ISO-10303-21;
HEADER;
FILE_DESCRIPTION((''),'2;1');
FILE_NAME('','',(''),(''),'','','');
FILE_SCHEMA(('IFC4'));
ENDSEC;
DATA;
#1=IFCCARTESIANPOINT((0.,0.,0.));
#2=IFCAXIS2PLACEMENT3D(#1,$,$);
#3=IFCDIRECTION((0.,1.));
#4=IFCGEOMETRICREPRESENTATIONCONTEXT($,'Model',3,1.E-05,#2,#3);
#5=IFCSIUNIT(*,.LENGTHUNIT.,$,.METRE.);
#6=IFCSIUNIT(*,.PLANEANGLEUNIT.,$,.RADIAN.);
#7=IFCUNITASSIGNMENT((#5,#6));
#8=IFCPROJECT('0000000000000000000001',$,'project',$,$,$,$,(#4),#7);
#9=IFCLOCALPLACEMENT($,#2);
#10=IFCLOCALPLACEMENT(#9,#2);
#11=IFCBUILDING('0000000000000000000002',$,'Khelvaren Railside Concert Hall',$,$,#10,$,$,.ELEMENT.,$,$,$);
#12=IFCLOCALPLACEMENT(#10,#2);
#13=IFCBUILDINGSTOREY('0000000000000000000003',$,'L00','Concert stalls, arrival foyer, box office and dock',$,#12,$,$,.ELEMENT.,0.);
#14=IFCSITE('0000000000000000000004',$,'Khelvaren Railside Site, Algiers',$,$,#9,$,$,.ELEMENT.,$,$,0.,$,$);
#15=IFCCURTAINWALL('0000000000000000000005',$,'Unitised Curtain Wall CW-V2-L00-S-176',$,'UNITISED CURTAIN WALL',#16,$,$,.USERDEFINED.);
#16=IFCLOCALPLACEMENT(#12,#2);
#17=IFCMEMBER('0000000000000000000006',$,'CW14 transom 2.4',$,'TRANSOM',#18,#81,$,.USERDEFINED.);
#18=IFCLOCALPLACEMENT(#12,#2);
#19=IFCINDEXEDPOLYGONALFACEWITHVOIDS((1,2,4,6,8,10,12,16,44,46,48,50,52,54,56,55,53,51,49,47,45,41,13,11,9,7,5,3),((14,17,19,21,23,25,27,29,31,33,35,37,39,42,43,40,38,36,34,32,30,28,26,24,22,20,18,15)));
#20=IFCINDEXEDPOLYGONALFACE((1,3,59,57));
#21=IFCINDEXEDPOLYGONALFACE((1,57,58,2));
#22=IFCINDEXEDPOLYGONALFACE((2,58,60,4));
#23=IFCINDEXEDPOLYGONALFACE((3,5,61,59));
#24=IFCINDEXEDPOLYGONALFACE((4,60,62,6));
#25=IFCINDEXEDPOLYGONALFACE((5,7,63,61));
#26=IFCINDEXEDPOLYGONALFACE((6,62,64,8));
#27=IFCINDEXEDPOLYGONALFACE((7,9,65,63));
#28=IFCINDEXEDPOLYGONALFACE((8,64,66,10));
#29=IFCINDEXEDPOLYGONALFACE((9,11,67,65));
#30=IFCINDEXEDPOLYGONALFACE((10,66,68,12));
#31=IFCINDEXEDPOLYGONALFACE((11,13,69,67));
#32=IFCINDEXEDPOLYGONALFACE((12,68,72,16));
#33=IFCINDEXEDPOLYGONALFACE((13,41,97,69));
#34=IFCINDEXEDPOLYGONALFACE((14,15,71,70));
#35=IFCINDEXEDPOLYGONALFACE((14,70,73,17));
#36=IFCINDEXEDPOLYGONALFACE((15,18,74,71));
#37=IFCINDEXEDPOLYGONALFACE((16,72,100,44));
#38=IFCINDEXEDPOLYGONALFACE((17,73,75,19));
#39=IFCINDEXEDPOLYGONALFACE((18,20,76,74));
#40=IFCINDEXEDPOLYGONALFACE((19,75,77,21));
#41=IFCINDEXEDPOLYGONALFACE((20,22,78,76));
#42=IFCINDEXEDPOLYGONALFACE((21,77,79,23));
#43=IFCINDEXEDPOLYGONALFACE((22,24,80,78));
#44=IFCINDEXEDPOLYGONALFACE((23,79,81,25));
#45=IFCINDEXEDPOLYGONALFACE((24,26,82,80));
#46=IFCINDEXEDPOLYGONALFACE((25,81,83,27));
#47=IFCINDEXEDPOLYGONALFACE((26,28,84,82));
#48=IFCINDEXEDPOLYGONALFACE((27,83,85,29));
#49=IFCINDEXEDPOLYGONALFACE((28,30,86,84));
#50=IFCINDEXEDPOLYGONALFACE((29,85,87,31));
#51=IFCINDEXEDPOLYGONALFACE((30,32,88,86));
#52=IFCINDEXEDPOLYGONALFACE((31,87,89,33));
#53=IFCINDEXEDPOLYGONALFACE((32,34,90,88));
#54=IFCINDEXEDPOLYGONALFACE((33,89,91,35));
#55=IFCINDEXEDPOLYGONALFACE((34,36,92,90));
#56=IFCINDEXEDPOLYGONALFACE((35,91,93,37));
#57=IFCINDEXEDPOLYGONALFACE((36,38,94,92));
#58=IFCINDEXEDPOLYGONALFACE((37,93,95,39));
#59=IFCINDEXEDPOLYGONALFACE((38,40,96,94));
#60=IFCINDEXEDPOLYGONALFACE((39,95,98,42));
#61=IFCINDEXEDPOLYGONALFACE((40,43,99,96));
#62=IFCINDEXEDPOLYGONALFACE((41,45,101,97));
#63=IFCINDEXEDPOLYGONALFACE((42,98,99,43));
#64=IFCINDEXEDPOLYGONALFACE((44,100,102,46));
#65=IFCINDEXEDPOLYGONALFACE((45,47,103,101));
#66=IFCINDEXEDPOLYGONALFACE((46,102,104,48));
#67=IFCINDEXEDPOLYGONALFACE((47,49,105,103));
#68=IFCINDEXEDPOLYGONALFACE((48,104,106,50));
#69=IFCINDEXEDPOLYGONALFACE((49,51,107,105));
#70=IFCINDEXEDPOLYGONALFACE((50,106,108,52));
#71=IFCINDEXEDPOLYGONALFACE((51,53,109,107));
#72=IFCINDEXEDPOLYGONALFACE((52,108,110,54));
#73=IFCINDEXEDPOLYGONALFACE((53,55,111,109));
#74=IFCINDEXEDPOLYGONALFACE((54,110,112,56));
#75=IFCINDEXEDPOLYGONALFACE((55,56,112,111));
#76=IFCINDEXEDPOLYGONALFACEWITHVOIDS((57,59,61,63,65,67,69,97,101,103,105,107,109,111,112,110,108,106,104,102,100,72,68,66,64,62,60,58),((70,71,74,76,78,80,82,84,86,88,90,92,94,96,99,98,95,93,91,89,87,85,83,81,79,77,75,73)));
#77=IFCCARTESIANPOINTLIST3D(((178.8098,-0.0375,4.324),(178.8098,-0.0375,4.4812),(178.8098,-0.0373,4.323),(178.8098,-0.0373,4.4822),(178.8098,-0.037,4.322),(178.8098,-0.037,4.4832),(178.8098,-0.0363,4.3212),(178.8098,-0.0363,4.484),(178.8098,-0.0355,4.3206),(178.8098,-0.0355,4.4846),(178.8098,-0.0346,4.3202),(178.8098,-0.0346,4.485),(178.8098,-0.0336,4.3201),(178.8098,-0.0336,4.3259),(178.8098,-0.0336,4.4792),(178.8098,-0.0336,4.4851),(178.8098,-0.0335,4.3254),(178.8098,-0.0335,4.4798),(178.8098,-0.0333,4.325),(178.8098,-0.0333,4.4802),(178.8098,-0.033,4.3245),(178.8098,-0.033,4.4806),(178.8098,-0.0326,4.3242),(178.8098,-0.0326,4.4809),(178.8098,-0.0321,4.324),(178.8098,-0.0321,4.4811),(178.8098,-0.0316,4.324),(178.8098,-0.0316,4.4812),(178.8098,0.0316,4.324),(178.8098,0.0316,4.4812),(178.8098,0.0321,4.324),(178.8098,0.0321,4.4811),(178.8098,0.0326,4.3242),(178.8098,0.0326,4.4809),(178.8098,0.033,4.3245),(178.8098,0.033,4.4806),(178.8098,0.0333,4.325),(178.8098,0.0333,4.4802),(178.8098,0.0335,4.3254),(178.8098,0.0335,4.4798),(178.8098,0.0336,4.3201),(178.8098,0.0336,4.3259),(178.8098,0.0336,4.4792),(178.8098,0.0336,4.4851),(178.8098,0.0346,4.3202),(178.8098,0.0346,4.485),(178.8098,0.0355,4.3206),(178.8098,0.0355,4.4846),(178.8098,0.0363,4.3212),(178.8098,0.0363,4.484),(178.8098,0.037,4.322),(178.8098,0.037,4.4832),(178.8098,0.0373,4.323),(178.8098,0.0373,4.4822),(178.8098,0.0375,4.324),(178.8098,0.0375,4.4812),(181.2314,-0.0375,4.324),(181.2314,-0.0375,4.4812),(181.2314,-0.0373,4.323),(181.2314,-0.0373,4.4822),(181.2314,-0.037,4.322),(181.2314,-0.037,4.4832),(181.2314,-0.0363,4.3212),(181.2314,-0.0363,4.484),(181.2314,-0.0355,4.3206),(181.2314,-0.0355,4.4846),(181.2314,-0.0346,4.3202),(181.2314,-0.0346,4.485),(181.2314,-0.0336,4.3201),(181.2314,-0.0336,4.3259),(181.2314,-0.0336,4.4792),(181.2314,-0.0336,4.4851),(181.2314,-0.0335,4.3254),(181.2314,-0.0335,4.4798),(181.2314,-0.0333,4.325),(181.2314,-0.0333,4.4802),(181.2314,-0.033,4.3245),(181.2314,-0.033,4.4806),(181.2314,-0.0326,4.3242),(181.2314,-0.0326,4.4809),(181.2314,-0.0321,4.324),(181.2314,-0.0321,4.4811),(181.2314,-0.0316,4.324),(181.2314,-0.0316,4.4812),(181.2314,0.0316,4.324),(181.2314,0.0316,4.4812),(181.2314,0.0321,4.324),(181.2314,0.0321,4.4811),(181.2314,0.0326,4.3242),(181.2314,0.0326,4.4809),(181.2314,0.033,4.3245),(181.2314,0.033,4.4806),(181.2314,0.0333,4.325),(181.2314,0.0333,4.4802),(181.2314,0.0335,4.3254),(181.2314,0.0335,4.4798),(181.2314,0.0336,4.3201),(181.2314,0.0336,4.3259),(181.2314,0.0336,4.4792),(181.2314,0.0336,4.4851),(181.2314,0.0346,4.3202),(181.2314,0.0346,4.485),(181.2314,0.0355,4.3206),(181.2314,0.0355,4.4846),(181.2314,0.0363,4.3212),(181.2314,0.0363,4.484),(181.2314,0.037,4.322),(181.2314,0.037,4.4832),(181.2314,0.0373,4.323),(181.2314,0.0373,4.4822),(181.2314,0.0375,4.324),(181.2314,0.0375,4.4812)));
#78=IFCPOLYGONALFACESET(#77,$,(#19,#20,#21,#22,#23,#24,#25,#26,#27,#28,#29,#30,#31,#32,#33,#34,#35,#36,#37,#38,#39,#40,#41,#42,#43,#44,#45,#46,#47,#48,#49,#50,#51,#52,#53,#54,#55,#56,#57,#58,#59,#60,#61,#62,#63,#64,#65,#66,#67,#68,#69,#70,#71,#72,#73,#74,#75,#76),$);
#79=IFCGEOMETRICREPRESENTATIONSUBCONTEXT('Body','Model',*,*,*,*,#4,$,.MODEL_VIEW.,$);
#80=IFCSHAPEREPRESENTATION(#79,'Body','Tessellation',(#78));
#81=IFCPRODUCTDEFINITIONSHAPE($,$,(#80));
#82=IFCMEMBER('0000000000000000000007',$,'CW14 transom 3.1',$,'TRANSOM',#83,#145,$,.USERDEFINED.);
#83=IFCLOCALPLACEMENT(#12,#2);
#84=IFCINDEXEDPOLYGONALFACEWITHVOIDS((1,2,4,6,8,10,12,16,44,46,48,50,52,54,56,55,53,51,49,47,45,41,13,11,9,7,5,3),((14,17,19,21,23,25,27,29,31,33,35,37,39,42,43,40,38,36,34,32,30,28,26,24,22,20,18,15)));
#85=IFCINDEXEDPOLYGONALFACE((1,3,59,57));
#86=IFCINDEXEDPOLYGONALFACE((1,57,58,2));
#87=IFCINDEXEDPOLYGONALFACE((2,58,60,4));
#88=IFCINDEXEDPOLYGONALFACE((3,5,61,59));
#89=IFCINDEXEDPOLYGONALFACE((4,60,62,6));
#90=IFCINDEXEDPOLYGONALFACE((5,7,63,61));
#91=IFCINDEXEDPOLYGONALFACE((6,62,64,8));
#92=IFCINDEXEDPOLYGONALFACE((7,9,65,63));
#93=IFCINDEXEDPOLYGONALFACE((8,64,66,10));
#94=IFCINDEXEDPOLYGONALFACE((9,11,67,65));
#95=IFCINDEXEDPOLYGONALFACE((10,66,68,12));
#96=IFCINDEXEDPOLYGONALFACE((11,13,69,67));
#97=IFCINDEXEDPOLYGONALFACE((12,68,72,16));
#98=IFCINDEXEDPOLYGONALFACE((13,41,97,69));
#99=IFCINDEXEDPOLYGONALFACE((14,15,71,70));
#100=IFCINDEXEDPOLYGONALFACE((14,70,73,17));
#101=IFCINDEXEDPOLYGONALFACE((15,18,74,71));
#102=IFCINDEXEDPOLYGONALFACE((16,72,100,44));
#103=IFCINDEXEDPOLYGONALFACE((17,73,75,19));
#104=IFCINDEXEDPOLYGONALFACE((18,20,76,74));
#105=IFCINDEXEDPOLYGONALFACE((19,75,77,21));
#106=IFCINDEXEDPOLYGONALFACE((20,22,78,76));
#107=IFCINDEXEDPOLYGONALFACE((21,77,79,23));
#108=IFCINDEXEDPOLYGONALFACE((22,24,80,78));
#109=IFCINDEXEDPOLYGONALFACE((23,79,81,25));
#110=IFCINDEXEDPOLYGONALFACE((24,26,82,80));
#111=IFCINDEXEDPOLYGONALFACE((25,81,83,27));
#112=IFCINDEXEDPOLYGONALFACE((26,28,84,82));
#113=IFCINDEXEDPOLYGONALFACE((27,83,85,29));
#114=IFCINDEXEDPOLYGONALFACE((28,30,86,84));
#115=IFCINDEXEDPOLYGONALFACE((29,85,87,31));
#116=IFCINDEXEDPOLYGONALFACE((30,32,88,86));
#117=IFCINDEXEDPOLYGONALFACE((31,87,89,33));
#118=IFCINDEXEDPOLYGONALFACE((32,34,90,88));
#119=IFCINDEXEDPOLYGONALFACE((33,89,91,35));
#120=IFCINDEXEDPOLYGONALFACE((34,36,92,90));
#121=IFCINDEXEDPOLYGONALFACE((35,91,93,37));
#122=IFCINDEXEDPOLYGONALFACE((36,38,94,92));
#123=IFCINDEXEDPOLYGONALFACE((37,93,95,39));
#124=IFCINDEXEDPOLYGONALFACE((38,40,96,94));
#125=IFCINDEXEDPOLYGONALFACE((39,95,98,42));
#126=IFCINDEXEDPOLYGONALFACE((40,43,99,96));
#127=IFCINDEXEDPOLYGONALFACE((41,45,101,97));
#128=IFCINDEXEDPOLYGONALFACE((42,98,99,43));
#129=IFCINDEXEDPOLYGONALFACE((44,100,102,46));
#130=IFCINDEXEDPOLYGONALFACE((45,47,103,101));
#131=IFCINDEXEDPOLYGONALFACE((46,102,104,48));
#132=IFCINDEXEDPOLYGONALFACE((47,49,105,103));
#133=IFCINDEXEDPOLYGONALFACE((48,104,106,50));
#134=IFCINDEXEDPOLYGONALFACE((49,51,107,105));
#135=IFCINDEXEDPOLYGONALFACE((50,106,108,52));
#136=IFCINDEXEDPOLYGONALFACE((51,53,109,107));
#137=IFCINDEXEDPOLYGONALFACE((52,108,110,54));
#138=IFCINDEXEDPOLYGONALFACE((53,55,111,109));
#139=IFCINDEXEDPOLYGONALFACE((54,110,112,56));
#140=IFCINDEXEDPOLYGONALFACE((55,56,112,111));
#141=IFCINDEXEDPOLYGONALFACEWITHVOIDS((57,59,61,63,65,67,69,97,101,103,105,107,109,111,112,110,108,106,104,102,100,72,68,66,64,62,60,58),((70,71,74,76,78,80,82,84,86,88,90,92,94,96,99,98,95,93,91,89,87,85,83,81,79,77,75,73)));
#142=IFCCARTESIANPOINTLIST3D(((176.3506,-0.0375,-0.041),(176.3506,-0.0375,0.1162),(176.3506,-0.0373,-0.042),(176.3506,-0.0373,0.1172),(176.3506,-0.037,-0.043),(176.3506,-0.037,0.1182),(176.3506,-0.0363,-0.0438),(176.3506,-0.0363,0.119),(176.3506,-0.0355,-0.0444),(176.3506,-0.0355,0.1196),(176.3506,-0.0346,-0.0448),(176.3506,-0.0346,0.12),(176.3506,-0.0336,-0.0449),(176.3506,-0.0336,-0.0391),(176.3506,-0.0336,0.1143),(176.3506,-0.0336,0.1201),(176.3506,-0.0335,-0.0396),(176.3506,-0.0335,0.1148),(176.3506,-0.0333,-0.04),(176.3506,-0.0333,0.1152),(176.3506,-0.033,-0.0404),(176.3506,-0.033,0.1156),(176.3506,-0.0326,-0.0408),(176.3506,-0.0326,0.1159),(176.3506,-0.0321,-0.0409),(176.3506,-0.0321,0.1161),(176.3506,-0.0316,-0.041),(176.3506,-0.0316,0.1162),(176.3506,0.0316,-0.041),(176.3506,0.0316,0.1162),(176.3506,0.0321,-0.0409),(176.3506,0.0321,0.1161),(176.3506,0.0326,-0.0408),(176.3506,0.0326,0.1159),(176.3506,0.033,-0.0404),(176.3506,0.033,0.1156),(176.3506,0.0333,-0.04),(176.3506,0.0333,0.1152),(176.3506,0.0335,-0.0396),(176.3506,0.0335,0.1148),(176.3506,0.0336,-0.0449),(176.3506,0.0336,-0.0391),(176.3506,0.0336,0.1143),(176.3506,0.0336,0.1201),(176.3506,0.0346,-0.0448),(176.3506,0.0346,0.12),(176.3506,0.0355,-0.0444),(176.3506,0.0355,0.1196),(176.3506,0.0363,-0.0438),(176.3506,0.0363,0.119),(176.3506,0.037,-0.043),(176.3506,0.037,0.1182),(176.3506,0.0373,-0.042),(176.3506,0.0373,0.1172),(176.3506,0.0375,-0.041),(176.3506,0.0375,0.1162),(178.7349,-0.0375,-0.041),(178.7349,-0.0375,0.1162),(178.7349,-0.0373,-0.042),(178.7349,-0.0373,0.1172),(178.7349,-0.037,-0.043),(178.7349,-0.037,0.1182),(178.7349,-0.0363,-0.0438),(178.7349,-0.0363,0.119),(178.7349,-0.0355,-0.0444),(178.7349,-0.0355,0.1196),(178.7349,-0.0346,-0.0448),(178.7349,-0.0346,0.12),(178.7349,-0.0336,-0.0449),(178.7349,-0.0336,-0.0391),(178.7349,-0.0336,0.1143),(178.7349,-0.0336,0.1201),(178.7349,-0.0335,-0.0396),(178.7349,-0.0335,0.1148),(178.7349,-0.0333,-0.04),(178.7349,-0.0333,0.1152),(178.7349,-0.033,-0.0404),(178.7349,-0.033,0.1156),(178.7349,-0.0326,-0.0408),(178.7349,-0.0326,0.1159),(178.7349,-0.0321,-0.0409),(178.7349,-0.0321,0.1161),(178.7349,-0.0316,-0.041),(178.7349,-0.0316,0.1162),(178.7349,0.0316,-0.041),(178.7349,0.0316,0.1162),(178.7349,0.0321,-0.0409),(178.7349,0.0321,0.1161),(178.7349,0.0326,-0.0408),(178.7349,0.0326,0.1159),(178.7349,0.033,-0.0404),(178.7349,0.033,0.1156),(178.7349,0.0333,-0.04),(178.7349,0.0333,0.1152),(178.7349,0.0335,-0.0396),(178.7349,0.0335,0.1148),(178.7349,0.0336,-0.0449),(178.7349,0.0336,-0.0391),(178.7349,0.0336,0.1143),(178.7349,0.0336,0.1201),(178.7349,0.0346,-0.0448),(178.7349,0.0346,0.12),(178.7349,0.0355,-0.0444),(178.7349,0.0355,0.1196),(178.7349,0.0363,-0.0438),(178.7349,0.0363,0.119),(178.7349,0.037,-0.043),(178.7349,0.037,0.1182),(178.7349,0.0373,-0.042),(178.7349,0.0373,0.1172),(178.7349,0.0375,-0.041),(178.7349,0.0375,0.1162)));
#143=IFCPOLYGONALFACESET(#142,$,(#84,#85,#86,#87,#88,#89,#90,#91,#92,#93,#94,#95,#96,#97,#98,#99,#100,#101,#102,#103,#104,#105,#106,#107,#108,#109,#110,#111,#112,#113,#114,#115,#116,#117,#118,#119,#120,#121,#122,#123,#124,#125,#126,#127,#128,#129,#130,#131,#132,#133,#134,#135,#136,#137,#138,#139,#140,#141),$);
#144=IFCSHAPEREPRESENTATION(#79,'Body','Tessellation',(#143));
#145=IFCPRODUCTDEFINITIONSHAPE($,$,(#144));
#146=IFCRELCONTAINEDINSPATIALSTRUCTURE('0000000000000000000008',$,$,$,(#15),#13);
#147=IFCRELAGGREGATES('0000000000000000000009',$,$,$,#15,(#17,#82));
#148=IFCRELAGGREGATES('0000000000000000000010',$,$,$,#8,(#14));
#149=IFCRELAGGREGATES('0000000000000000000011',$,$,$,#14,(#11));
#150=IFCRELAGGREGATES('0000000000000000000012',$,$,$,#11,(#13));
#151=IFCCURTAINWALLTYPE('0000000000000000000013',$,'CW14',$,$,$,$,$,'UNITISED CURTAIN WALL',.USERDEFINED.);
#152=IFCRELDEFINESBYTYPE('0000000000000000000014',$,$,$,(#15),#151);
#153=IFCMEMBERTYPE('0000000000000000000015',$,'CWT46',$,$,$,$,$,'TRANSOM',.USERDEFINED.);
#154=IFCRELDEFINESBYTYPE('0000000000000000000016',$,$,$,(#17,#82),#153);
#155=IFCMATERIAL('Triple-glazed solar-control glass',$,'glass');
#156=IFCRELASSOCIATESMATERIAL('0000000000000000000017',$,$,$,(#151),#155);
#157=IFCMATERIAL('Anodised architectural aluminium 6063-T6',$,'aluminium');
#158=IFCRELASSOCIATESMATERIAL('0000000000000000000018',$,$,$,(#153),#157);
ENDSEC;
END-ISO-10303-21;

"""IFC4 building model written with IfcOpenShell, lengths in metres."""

from ifc_helpers import new_model, si_unit, direction, frame, origin, origin_2d, place, context, subcontext, project, spatial, hollow_rectangle, extrude, material, material_profile, profile_set, type_object, element, aggregate, save


model = new_model("IFC4")

# Units and contexts
model_context = context("Model", 3, precision=1e-05, world=origin(), true_north=direction((0.0, 1.0)))
body_context = subcontext(model_context, "Body", "Model", "MODEL_VIEW")
ifc_project = project(units=[si_unit("LENGTHUNIT", "METRE"), si_unit("PLANEANGLEUNIT", "RADIAN")], contexts=[model_context])

# Site, building, storey
site_placement = place(None, origin())
site = spatial("IfcSite", under=ifc_project, at=site_placement, Name="Khelvaren Railside Site, Algiers", CompositionType="ELEMENT", RefElevation=0.0)
building_placement = place(site_placement, origin())
building = spatial("IfcBuilding", under=site, at=building_placement, Name="Khelvaren Railside Concert Hall", CompositionType="ELEMENT")
storey_placement = place(building_placement, origin())
storey = spatial("IfcBuildingStorey", under=building, at=storey_placement, Name="L00", Description="Concert stalls, arrival foyer, box office and dock", CompositionType="ELEMENT", Elevation=0.0)

# Curtain wall
ifc_material_1 = material(Name="Triple-glazed solar-control glass", Category="glass")
curtain_wall_type_1 = type_object("IfcCurtainWallType", Name="CW14", ElementType="UNITISED CURTAIN WALL", PredefinedType="USERDEFINED", material=ifc_material_1)
curtain_wall_1_placement = place(storey_placement, origin())
curtain_wall_1 = element("IfcCurtainWall", 1, at=curtain_wall_1_placement, inside=storey, type_object=curtain_wall_type_1, Name="Unitised Curtain Wall CW-V2-L00-S-176", ObjectType="UNITISED CURTAIN WALL", PredefinedType="USERDEFINED")
ifc_material_2 = material(Name="Anodised architectural aluminium 6063-T6", Category="aluminium")

# Members
ifc_material_profile_1 = material_profile(ifc_material_2, hollow_rectangle(XDim=0.075, YDim=0.165, WallThickness=0.0039, InnerFilletRadius=0.002, OuterFilletRadius=0.0039, at=origin_2d()), Name="CWT 75x165x4")
ifc_profile_set_1 = profile_set([ifc_material_profile_1], Name="Anodised architectural aluminium 6063-T6")
member_type_1 = type_object("IfcMemberType", Name="CWT46", ElementType="TRANSOM", PredefinedType="USERDEFINED", material=ifc_profile_set_1)
member_1_placement = place(storey_placement, frame((181.2314, 0.0, 4.4026), z_axis=(-1.0, 0.0, 0.0), x_axis=(0.0, -1.0, 0.0)))
member_1 = element("IfcMember", 2, at=member_1_placement, type_object=member_type_1, Name="CW14 transom 2.4", ObjectType="TRANSOM", PredefinedType="USERDEFINED", context=body_context, shape_type="SweptSolid", body=[
    extrude(hollow_rectangle(XDim=0.075, YDim=0.165, WallThickness=0.0039, InnerFilletRadius=0.002, OuterFilletRadius=0.0039, at=origin_2d()), origin(), (0.0, 0.0, 1.0), 2.4216),
])
member_2_placement = place(storey_placement, frame((178.7349, 0.0, 0.0376), z_axis=(-1.0, 0.0, 0.0), x_axis=(0.0, -1.0, 0.0)))
member_2 = element("IfcMember", 3, at=member_2_placement, type_object=member_type_1, Name="CW14 transom 3.1", ObjectType="TRANSOM", PredefinedType="USERDEFINED", context=body_context, shape_type="SweptSolid", body=[
    extrude(hollow_rectangle(XDim=0.075, YDim=0.165, WallThickness=0.0039, InnerFilletRadius=0.002, OuterFilletRadius=0.0039, at=origin_2d()), origin(), (0.0, 0.0, 1.0), 2.3843),
])

aggregate(curtain_wall_1, [member_1, member_2])

save(model, "model.ifc")
